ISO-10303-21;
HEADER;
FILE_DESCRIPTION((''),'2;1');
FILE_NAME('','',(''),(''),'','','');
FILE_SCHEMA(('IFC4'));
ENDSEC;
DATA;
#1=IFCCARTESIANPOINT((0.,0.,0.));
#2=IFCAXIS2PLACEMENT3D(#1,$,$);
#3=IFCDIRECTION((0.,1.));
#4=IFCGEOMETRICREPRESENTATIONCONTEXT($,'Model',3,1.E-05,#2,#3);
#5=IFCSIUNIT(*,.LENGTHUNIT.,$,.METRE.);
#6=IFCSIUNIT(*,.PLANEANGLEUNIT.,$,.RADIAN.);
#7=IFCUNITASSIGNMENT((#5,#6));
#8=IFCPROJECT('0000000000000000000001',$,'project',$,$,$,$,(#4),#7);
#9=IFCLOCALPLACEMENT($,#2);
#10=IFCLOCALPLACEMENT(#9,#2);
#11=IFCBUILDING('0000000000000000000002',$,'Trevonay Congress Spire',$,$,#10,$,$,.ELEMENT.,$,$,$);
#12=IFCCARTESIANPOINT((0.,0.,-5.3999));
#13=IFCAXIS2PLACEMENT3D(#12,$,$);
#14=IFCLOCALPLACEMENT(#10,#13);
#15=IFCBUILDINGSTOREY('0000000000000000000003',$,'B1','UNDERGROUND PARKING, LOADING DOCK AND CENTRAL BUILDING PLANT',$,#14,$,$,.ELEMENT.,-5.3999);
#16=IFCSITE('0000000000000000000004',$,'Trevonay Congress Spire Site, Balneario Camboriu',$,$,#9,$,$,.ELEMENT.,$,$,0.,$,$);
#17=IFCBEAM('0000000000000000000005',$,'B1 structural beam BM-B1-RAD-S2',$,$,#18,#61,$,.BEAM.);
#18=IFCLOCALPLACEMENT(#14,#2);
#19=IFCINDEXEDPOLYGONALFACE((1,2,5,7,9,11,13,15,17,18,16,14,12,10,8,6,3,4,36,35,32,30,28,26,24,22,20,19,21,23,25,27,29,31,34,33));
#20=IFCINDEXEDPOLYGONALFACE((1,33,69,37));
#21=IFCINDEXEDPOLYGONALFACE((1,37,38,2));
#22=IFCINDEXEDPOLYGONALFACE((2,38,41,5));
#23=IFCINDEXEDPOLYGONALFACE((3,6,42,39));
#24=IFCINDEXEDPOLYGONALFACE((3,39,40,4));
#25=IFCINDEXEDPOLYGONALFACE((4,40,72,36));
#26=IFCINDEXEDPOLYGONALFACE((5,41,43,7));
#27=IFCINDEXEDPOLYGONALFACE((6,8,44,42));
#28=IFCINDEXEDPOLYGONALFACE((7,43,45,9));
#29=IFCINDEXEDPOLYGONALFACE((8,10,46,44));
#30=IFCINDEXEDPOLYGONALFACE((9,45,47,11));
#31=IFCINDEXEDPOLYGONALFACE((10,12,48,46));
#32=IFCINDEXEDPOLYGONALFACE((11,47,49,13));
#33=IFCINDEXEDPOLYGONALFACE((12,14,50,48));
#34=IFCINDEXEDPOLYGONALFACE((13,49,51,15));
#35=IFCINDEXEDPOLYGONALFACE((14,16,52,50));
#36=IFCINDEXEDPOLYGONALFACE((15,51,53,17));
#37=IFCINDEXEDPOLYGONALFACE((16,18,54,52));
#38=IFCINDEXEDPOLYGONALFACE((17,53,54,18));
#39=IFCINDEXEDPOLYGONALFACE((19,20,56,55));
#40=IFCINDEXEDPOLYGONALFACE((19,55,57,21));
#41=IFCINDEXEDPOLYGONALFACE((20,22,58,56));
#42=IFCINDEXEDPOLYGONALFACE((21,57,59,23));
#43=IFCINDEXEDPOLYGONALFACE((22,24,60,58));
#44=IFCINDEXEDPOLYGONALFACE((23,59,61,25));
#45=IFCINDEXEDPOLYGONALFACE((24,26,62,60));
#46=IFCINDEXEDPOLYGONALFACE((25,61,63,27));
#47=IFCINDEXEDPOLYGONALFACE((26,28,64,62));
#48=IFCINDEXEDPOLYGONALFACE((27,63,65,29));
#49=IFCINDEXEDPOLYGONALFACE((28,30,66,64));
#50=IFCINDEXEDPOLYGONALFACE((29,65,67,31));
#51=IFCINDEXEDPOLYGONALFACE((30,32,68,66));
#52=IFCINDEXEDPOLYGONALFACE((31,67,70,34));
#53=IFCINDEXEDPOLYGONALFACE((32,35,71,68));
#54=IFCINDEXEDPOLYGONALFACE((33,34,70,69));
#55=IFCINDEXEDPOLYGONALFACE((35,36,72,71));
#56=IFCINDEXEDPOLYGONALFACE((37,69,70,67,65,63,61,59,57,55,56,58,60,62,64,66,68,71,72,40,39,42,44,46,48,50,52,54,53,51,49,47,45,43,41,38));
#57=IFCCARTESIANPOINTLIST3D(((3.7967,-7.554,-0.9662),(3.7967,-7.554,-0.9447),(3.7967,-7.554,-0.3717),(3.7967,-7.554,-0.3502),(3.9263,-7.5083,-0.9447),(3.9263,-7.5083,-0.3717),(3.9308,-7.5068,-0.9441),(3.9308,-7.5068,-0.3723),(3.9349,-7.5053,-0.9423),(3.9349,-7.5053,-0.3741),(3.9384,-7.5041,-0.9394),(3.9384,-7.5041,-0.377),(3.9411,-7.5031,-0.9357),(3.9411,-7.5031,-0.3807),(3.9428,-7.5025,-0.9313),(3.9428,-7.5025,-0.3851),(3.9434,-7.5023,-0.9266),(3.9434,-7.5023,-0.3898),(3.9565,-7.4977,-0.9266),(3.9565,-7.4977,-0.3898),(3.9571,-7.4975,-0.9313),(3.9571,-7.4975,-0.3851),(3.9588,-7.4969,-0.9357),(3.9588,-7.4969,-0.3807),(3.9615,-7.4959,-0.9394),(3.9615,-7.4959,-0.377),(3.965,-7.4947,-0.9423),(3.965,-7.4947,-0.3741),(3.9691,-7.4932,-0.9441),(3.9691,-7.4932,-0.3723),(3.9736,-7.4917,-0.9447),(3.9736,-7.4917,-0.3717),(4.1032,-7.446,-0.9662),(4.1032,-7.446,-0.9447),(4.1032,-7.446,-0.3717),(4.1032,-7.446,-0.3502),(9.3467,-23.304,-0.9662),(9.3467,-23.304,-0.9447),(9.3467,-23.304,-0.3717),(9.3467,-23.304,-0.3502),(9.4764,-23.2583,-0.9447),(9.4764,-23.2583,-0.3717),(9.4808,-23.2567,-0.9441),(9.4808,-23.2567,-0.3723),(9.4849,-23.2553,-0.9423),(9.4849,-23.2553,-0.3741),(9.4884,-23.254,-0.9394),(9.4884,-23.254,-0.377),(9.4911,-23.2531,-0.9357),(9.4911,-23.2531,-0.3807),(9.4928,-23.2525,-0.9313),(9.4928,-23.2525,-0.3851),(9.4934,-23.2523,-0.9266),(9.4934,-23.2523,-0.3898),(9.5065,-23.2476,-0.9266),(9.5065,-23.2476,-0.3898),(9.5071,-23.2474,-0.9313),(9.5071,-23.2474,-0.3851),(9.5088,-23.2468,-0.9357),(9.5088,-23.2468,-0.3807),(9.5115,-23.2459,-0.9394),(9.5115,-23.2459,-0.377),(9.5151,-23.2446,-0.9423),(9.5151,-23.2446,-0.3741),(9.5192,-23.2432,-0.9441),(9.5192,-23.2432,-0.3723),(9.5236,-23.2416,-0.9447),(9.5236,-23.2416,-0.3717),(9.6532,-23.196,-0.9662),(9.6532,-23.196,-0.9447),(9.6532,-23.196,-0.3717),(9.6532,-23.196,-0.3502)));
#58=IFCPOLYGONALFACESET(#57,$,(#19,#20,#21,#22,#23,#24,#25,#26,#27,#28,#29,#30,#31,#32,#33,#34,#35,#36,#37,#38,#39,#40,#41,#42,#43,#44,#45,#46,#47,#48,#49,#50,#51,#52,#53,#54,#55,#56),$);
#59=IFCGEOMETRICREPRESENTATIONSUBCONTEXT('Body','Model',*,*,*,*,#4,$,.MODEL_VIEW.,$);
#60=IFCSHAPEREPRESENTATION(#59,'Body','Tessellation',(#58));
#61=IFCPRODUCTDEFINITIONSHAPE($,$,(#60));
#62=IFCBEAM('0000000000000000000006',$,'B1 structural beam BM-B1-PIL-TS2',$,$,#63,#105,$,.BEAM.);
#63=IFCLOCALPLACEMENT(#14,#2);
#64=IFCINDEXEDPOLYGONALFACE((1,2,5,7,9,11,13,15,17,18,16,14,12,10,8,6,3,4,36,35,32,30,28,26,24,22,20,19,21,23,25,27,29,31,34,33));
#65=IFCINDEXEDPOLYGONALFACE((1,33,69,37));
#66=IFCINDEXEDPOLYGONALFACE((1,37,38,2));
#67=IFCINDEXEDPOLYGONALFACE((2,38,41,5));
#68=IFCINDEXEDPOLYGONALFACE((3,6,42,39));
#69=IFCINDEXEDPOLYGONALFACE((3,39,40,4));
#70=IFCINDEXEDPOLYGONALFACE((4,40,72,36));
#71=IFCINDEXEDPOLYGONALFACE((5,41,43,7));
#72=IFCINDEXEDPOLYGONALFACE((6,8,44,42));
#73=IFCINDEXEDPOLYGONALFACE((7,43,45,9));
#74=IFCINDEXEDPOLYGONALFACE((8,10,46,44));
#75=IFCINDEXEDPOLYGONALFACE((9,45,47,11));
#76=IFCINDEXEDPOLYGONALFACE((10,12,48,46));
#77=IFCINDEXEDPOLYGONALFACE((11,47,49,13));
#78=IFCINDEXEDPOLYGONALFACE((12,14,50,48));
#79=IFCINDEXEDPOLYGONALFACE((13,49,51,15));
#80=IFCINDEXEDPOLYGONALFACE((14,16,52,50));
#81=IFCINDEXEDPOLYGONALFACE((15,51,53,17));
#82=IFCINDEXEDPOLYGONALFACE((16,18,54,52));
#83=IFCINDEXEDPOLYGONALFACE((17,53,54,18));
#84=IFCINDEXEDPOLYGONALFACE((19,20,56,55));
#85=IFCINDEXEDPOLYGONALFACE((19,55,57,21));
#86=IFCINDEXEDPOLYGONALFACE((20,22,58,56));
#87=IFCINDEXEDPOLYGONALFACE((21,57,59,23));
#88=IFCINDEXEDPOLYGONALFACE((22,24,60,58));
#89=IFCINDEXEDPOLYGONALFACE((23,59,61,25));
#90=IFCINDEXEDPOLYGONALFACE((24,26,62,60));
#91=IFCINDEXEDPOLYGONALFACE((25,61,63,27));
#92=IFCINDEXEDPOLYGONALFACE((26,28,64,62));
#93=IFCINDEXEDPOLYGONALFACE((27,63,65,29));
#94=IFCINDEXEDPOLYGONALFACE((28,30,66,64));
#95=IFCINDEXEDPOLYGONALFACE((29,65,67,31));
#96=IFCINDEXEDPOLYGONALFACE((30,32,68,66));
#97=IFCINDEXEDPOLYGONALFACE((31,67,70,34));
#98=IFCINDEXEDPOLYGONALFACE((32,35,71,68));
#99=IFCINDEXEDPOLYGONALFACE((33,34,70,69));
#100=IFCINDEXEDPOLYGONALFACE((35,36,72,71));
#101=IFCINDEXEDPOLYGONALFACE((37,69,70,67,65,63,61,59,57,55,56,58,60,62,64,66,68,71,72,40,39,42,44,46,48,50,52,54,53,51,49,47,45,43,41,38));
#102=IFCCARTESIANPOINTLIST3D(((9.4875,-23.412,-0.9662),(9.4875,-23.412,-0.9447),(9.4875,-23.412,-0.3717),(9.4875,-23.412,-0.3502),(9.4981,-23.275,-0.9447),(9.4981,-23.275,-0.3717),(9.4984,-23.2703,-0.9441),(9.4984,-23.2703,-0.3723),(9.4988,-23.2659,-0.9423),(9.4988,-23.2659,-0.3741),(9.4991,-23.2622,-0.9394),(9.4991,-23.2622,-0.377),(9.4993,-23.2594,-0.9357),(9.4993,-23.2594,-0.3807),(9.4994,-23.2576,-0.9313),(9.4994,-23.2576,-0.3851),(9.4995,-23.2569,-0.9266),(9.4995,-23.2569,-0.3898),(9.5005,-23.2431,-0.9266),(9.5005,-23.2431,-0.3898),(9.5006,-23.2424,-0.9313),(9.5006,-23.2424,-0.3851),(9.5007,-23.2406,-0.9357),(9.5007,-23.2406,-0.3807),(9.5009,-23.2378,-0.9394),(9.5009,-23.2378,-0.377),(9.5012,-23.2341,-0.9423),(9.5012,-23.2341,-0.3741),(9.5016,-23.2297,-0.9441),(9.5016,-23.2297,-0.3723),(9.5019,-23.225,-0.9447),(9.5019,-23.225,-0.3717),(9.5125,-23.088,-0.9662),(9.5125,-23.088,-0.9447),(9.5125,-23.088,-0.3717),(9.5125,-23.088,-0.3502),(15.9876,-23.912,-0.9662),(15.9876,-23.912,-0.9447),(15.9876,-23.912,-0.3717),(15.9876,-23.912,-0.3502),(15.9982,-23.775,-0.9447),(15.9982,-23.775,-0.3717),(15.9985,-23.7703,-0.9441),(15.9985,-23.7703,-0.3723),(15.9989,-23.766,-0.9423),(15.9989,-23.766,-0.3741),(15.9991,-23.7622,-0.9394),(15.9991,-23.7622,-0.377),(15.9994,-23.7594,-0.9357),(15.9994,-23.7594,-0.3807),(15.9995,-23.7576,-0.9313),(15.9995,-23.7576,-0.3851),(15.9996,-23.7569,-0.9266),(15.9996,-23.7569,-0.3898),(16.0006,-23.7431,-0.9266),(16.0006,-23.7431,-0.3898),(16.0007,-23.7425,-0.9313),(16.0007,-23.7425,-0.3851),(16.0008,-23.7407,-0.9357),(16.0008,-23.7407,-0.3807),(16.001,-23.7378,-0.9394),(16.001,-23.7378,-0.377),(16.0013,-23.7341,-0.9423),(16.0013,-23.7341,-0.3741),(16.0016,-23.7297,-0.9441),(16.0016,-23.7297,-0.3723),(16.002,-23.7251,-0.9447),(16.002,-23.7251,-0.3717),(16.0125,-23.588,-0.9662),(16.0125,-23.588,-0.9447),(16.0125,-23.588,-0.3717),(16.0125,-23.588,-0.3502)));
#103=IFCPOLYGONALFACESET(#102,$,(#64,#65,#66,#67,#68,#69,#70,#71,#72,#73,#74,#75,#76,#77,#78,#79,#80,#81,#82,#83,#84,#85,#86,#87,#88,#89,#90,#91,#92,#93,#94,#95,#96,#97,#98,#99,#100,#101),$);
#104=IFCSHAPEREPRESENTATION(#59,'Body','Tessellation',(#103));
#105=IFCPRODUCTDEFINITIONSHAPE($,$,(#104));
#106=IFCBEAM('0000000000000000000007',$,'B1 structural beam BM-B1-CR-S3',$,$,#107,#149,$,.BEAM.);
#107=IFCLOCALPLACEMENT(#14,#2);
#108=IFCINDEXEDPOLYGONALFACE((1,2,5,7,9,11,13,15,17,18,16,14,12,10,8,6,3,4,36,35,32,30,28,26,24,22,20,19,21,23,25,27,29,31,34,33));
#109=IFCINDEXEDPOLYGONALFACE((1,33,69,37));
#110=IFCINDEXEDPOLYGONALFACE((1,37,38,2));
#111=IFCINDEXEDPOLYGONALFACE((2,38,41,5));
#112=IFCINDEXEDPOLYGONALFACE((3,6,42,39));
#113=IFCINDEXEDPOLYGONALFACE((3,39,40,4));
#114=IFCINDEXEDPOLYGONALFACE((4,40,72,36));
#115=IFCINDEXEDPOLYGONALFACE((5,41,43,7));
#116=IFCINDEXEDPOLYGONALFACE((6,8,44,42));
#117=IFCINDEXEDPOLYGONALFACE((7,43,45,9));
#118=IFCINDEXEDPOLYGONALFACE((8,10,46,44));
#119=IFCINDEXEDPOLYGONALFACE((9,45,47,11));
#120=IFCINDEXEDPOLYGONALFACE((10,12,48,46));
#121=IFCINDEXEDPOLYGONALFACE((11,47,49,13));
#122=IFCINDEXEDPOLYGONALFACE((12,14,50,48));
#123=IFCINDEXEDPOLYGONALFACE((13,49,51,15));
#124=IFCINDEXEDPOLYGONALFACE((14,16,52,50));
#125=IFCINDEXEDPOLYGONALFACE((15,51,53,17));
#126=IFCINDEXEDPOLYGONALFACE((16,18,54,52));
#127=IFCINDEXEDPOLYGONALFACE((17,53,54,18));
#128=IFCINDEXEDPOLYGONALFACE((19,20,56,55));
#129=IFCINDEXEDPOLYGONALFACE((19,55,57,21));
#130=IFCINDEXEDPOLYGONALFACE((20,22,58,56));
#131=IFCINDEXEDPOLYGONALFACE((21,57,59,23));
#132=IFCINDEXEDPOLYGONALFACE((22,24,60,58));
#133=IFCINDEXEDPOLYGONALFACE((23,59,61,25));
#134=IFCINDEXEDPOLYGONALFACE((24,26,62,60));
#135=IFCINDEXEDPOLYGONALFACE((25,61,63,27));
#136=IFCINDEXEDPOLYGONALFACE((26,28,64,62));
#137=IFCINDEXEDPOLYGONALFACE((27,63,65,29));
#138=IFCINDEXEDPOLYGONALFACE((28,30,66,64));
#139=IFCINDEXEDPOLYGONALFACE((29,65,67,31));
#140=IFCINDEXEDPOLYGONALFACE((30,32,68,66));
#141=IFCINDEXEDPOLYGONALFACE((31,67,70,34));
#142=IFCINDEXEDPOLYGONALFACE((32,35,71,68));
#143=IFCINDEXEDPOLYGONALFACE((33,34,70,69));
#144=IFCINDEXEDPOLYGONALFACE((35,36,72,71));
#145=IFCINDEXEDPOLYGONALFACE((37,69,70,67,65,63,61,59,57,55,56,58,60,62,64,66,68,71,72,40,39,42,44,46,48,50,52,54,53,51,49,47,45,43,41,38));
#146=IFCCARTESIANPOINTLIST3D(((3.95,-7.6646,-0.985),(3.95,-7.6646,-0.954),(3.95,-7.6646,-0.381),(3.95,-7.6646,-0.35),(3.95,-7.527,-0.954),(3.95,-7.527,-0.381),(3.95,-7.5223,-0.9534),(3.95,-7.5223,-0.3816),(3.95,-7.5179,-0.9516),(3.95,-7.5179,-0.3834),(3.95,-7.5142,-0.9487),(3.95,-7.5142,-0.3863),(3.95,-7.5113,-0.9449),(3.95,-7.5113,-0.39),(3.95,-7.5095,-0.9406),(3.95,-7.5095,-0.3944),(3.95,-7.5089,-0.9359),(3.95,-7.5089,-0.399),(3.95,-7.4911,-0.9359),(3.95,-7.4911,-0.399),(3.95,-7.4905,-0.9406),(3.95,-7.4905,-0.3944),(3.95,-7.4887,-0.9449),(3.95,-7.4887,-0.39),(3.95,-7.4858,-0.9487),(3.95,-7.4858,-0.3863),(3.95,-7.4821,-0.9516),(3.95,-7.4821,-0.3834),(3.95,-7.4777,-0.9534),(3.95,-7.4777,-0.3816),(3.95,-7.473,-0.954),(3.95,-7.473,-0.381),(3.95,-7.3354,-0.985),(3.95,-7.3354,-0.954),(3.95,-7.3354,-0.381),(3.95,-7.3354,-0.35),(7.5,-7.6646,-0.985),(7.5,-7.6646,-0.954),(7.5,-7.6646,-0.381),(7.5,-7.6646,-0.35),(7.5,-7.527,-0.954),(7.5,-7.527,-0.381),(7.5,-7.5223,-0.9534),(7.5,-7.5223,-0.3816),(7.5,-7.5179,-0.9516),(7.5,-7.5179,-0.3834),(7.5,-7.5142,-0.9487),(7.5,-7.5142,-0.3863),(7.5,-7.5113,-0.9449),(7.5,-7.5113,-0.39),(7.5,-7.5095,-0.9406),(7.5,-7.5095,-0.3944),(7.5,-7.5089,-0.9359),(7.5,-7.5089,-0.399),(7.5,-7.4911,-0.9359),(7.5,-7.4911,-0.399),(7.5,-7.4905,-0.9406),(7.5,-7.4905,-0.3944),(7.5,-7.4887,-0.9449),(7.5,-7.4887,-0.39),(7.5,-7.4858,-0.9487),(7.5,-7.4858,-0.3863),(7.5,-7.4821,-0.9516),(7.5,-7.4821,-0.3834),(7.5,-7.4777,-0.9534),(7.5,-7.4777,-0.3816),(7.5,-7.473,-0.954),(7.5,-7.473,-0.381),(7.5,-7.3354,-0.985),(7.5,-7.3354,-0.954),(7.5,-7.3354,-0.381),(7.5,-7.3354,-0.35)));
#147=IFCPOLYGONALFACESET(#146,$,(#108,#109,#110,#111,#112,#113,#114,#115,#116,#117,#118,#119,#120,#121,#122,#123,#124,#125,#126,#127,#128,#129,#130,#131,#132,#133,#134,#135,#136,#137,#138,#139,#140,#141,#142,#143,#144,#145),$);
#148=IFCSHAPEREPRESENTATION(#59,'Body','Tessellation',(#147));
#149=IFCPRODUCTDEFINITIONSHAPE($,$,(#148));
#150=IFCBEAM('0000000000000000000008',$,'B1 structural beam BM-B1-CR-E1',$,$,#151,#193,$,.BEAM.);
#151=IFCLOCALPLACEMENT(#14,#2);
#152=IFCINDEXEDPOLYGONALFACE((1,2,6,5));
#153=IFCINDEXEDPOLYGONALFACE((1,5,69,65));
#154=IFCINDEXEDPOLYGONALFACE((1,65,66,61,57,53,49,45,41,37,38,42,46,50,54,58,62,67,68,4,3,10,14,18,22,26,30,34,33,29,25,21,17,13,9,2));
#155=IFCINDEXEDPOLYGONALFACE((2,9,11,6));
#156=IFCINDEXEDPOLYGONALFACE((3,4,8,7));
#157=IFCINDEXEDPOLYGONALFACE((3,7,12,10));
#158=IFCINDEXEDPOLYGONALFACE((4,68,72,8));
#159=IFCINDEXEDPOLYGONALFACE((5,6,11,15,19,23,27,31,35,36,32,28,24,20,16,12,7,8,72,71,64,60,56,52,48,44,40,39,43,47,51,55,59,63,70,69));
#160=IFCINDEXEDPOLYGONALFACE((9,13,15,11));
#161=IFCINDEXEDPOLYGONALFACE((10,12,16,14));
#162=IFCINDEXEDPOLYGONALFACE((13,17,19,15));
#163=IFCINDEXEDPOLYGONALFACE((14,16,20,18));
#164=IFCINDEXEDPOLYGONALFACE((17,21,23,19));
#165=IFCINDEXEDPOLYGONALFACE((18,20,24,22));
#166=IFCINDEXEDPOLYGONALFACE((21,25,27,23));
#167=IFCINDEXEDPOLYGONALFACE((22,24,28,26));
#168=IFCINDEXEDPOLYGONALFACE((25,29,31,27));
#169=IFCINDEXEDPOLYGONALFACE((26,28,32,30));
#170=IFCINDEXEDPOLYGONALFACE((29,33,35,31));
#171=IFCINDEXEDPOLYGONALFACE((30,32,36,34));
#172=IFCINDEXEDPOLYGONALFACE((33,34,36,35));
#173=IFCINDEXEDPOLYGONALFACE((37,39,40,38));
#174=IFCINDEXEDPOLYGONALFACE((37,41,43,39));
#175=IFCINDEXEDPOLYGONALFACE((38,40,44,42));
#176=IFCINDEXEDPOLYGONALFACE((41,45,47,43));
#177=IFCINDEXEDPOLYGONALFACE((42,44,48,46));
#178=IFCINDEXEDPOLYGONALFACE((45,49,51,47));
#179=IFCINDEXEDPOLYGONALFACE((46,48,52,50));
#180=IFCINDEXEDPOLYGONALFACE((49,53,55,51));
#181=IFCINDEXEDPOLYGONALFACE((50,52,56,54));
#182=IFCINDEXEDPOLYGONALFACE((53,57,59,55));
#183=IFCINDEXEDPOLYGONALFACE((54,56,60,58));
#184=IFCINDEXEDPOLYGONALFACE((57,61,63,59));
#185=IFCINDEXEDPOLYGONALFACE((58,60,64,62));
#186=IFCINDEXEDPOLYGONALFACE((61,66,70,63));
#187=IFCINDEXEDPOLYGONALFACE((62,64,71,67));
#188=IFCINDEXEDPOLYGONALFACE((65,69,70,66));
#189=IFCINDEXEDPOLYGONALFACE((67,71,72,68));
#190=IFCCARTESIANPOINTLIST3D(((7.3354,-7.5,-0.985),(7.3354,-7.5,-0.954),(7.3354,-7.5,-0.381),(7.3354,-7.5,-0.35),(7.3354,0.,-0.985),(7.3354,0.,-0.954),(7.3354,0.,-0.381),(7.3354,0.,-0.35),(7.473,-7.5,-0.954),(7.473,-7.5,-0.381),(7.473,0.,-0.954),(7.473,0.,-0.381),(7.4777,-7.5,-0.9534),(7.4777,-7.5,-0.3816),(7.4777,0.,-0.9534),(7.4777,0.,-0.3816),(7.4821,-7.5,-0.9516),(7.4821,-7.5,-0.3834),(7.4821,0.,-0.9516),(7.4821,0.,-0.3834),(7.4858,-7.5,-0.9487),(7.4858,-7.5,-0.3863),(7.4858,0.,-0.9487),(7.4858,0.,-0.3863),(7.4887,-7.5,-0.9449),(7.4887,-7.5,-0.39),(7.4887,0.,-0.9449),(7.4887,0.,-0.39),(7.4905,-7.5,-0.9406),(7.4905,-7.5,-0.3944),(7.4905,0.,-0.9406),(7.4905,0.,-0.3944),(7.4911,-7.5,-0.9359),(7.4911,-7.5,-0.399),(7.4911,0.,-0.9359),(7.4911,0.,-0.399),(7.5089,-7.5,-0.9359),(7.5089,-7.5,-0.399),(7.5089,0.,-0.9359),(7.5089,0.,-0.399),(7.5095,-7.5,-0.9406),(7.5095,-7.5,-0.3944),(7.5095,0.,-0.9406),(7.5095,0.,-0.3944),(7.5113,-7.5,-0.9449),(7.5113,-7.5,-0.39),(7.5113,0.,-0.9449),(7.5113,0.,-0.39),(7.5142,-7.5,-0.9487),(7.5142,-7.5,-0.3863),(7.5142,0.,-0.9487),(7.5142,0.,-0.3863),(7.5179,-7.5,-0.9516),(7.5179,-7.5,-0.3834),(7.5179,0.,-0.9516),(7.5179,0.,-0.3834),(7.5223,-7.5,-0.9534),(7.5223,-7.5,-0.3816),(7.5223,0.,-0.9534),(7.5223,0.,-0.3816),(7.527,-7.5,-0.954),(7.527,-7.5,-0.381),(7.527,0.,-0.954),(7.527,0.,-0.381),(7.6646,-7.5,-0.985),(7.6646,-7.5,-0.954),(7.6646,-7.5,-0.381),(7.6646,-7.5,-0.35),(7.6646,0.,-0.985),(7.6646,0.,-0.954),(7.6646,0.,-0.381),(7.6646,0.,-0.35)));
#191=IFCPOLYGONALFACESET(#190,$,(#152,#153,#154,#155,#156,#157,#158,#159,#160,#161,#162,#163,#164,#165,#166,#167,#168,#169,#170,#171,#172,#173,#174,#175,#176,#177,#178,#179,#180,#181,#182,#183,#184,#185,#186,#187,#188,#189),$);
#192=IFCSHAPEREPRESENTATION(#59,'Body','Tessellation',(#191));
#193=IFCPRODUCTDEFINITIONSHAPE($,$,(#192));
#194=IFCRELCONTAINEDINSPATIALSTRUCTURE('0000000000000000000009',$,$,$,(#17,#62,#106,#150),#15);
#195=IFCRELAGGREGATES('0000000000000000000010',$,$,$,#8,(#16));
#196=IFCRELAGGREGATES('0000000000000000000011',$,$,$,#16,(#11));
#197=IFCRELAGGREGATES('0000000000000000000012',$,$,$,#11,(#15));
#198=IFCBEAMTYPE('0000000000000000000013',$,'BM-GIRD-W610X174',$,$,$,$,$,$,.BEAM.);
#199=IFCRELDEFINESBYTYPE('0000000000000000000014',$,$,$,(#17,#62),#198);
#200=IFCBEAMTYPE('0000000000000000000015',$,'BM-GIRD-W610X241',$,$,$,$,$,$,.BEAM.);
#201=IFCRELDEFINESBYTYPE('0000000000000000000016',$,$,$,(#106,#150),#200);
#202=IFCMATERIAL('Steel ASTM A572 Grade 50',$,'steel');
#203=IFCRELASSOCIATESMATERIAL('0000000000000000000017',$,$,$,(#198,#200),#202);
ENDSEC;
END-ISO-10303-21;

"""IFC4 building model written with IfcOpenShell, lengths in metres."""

from ifc_helpers import new_model, si_unit, direction, frame, origin, origin_2d, place, context, subcontext, project, spatial, i_section, extrude, material, material_profile, profile_set, type_object, element, save


model = new_model("IFC4")

# Units and contexts
model_context = context("Model", 3, precision=1e-05, world=origin(), true_north=direction((0.0, 1.0)))
body_context = subcontext(model_context, "Body", "Model", "MODEL_VIEW")
ifc_project = project(units=[si_unit("LENGTHUNIT", "METRE"), si_unit("PLANEANGLEUNIT", "RADIAN")], contexts=[model_context])

# Site, building, storey
site_placement = place(None, origin())
site = spatial("IfcSite", under=ifc_project, at=site_placement, Name="Trevonay Congress Spire Site, Balneario Camboriu", CompositionType="ELEMENT", RefElevation=0.0)
building_placement = place(site_placement, origin())
building = spatial("IfcBuilding", under=site, at=building_placement, Name="Trevonay Congress Spire", CompositionType="ELEMENT")
storey_placement = place(building_placement, frame((0.0, 0.0, -5.3999)))
storey = spatial("IfcBuildingStorey", under=building, at=storey_placement, Name="B1", Description="UNDERGROUND PARKING, LOADING DOCK AND CENTRAL BUILDING PLANT", CompositionType="ELEMENT", Elevation=-5.3999)

# Shared definitions
ifc_material_1 = material(Name="Steel ASTM A572 Grade 50", Category="steel")

# Beams
ifc_material_profile_1 = material_profile(ifc_material_1, i_section(OverallWidth=0.325, OverallDepth=0.616, WebThickness=0.0139, FlangeThickness=0.0215, FilletRadius=0.0181, at=origin_2d()), Name="W610x174")
ifc_profile_set_1 = profile_set([ifc_material_profile_1], Name="Steel ASTM A572 Grade 50")
beam_type_1 = type_object("IfcBeamType", Name="BM-GIRD-W610X174", PredefinedType="BEAM", material=ifc_profile_set_1)
beam_1_placement = place(storey_placement, frame((3.95, -7.5, -0.6582), z_axis=(0.332353, -0.943155, 0.0), x_axis=(0.943155, 0.332353, 0.0)))
element("IfcBeam", 1, at=beam_1_placement, inside=storey, type_object=beam_type_1, Name="B1 structural beam BM-B1-RAD-S2", PredefinedType="BEAM", context=body_context, shape_type="SweptSolid", body=[
    extrude(i_section(OverallWidth=0.325, OverallDepth=0.616, WebThickness=0.0139, FlangeThickness=0.0215, FilletRadius=0.0181, at=origin_2d()), origin(), (0.0, 0.0, 1.0), 16.6992),
])
beam_2_placement = place(storey_placement, frame((9.5, -23.25, -0.6582), z_axis=(0.997054, -0.076696, 0.0), x_axis=(0.076696, 0.997054, 0.0)))
element("IfcBeam", 2, at=beam_2_placement, inside=storey, type_object=beam_type_1, Name="B1 structural beam BM-B1-PIL-TS2", PredefinedType="BEAM", context=body_context, shape_type="SweptSolid", body=[
    extrude(i_section(OverallWidth=0.325, OverallDepth=0.616, WebThickness=0.0139, FlangeThickness=0.0215, FilletRadius=0.0181, at=origin_2d()), origin(), (0.0, 0.0, 1.0), 6.5193),
])
ifc_material_profile_2 = material_profile(ifc_material_1, i_section(OverallWidth=0.3291, OverallDepth=0.635, WebThickness=0.0178, FlangeThickness=0.031, FilletRadius=0.0181, at=origin_2d()), Name="W610x241")
ifc_profile_set_2 = profile_set([ifc_material_profile_2], Name="Steel ASTM A572 Grade 50")
beam_type_2 = type_object("IfcBeamType", Name="BM-GIRD-W610X241", PredefinedType="BEAM", material=ifc_profile_set_2)
beam_3_placement = place(storey_placement, frame((3.95, -7.5, -0.6675), z_axis=(1.0, 0.0, 0.0), x_axis=(0.0, 1.0, 0.0)))
element("IfcBeam", 3, at=beam_3_placement, inside=storey, type_object=beam_type_2, Name="B1 structural beam BM-B1-CR-S3", PredefinedType="BEAM", context=body_context, shape_type="SweptSolid", body=[
    extrude(i_section(OverallWidth=0.3291, OverallDepth=0.635, WebThickness=0.0178, FlangeThickness=0.031, FilletRadius=0.0181, at=origin_2d()), origin(), (0.0, 0.0, 1.0), 3.55),
])
beam_4_placement = place(storey_placement, frame((7.5, -7.5, -0.6675), z_axis=(0.0, 1.0, 0.0), x_axis=(-1.0, 0.0, 0.0)))
element("IfcBeam", 4, at=beam_4_placement, inside=storey, type_object=beam_type_2, Name="B1 structural beam BM-B1-CR-E1", PredefinedType="BEAM", context=body_context, shape_type="SweptSolid", body=[
    extrude(i_section(OverallWidth=0.3291, OverallDepth=0.635, WebThickness=0.0178, FlangeThickness=0.031, FilletRadius=0.0181, at=origin_2d()), origin(), (0.0, 0.0, 1.0), 7.5),
])

save(model, "model.ifc")
